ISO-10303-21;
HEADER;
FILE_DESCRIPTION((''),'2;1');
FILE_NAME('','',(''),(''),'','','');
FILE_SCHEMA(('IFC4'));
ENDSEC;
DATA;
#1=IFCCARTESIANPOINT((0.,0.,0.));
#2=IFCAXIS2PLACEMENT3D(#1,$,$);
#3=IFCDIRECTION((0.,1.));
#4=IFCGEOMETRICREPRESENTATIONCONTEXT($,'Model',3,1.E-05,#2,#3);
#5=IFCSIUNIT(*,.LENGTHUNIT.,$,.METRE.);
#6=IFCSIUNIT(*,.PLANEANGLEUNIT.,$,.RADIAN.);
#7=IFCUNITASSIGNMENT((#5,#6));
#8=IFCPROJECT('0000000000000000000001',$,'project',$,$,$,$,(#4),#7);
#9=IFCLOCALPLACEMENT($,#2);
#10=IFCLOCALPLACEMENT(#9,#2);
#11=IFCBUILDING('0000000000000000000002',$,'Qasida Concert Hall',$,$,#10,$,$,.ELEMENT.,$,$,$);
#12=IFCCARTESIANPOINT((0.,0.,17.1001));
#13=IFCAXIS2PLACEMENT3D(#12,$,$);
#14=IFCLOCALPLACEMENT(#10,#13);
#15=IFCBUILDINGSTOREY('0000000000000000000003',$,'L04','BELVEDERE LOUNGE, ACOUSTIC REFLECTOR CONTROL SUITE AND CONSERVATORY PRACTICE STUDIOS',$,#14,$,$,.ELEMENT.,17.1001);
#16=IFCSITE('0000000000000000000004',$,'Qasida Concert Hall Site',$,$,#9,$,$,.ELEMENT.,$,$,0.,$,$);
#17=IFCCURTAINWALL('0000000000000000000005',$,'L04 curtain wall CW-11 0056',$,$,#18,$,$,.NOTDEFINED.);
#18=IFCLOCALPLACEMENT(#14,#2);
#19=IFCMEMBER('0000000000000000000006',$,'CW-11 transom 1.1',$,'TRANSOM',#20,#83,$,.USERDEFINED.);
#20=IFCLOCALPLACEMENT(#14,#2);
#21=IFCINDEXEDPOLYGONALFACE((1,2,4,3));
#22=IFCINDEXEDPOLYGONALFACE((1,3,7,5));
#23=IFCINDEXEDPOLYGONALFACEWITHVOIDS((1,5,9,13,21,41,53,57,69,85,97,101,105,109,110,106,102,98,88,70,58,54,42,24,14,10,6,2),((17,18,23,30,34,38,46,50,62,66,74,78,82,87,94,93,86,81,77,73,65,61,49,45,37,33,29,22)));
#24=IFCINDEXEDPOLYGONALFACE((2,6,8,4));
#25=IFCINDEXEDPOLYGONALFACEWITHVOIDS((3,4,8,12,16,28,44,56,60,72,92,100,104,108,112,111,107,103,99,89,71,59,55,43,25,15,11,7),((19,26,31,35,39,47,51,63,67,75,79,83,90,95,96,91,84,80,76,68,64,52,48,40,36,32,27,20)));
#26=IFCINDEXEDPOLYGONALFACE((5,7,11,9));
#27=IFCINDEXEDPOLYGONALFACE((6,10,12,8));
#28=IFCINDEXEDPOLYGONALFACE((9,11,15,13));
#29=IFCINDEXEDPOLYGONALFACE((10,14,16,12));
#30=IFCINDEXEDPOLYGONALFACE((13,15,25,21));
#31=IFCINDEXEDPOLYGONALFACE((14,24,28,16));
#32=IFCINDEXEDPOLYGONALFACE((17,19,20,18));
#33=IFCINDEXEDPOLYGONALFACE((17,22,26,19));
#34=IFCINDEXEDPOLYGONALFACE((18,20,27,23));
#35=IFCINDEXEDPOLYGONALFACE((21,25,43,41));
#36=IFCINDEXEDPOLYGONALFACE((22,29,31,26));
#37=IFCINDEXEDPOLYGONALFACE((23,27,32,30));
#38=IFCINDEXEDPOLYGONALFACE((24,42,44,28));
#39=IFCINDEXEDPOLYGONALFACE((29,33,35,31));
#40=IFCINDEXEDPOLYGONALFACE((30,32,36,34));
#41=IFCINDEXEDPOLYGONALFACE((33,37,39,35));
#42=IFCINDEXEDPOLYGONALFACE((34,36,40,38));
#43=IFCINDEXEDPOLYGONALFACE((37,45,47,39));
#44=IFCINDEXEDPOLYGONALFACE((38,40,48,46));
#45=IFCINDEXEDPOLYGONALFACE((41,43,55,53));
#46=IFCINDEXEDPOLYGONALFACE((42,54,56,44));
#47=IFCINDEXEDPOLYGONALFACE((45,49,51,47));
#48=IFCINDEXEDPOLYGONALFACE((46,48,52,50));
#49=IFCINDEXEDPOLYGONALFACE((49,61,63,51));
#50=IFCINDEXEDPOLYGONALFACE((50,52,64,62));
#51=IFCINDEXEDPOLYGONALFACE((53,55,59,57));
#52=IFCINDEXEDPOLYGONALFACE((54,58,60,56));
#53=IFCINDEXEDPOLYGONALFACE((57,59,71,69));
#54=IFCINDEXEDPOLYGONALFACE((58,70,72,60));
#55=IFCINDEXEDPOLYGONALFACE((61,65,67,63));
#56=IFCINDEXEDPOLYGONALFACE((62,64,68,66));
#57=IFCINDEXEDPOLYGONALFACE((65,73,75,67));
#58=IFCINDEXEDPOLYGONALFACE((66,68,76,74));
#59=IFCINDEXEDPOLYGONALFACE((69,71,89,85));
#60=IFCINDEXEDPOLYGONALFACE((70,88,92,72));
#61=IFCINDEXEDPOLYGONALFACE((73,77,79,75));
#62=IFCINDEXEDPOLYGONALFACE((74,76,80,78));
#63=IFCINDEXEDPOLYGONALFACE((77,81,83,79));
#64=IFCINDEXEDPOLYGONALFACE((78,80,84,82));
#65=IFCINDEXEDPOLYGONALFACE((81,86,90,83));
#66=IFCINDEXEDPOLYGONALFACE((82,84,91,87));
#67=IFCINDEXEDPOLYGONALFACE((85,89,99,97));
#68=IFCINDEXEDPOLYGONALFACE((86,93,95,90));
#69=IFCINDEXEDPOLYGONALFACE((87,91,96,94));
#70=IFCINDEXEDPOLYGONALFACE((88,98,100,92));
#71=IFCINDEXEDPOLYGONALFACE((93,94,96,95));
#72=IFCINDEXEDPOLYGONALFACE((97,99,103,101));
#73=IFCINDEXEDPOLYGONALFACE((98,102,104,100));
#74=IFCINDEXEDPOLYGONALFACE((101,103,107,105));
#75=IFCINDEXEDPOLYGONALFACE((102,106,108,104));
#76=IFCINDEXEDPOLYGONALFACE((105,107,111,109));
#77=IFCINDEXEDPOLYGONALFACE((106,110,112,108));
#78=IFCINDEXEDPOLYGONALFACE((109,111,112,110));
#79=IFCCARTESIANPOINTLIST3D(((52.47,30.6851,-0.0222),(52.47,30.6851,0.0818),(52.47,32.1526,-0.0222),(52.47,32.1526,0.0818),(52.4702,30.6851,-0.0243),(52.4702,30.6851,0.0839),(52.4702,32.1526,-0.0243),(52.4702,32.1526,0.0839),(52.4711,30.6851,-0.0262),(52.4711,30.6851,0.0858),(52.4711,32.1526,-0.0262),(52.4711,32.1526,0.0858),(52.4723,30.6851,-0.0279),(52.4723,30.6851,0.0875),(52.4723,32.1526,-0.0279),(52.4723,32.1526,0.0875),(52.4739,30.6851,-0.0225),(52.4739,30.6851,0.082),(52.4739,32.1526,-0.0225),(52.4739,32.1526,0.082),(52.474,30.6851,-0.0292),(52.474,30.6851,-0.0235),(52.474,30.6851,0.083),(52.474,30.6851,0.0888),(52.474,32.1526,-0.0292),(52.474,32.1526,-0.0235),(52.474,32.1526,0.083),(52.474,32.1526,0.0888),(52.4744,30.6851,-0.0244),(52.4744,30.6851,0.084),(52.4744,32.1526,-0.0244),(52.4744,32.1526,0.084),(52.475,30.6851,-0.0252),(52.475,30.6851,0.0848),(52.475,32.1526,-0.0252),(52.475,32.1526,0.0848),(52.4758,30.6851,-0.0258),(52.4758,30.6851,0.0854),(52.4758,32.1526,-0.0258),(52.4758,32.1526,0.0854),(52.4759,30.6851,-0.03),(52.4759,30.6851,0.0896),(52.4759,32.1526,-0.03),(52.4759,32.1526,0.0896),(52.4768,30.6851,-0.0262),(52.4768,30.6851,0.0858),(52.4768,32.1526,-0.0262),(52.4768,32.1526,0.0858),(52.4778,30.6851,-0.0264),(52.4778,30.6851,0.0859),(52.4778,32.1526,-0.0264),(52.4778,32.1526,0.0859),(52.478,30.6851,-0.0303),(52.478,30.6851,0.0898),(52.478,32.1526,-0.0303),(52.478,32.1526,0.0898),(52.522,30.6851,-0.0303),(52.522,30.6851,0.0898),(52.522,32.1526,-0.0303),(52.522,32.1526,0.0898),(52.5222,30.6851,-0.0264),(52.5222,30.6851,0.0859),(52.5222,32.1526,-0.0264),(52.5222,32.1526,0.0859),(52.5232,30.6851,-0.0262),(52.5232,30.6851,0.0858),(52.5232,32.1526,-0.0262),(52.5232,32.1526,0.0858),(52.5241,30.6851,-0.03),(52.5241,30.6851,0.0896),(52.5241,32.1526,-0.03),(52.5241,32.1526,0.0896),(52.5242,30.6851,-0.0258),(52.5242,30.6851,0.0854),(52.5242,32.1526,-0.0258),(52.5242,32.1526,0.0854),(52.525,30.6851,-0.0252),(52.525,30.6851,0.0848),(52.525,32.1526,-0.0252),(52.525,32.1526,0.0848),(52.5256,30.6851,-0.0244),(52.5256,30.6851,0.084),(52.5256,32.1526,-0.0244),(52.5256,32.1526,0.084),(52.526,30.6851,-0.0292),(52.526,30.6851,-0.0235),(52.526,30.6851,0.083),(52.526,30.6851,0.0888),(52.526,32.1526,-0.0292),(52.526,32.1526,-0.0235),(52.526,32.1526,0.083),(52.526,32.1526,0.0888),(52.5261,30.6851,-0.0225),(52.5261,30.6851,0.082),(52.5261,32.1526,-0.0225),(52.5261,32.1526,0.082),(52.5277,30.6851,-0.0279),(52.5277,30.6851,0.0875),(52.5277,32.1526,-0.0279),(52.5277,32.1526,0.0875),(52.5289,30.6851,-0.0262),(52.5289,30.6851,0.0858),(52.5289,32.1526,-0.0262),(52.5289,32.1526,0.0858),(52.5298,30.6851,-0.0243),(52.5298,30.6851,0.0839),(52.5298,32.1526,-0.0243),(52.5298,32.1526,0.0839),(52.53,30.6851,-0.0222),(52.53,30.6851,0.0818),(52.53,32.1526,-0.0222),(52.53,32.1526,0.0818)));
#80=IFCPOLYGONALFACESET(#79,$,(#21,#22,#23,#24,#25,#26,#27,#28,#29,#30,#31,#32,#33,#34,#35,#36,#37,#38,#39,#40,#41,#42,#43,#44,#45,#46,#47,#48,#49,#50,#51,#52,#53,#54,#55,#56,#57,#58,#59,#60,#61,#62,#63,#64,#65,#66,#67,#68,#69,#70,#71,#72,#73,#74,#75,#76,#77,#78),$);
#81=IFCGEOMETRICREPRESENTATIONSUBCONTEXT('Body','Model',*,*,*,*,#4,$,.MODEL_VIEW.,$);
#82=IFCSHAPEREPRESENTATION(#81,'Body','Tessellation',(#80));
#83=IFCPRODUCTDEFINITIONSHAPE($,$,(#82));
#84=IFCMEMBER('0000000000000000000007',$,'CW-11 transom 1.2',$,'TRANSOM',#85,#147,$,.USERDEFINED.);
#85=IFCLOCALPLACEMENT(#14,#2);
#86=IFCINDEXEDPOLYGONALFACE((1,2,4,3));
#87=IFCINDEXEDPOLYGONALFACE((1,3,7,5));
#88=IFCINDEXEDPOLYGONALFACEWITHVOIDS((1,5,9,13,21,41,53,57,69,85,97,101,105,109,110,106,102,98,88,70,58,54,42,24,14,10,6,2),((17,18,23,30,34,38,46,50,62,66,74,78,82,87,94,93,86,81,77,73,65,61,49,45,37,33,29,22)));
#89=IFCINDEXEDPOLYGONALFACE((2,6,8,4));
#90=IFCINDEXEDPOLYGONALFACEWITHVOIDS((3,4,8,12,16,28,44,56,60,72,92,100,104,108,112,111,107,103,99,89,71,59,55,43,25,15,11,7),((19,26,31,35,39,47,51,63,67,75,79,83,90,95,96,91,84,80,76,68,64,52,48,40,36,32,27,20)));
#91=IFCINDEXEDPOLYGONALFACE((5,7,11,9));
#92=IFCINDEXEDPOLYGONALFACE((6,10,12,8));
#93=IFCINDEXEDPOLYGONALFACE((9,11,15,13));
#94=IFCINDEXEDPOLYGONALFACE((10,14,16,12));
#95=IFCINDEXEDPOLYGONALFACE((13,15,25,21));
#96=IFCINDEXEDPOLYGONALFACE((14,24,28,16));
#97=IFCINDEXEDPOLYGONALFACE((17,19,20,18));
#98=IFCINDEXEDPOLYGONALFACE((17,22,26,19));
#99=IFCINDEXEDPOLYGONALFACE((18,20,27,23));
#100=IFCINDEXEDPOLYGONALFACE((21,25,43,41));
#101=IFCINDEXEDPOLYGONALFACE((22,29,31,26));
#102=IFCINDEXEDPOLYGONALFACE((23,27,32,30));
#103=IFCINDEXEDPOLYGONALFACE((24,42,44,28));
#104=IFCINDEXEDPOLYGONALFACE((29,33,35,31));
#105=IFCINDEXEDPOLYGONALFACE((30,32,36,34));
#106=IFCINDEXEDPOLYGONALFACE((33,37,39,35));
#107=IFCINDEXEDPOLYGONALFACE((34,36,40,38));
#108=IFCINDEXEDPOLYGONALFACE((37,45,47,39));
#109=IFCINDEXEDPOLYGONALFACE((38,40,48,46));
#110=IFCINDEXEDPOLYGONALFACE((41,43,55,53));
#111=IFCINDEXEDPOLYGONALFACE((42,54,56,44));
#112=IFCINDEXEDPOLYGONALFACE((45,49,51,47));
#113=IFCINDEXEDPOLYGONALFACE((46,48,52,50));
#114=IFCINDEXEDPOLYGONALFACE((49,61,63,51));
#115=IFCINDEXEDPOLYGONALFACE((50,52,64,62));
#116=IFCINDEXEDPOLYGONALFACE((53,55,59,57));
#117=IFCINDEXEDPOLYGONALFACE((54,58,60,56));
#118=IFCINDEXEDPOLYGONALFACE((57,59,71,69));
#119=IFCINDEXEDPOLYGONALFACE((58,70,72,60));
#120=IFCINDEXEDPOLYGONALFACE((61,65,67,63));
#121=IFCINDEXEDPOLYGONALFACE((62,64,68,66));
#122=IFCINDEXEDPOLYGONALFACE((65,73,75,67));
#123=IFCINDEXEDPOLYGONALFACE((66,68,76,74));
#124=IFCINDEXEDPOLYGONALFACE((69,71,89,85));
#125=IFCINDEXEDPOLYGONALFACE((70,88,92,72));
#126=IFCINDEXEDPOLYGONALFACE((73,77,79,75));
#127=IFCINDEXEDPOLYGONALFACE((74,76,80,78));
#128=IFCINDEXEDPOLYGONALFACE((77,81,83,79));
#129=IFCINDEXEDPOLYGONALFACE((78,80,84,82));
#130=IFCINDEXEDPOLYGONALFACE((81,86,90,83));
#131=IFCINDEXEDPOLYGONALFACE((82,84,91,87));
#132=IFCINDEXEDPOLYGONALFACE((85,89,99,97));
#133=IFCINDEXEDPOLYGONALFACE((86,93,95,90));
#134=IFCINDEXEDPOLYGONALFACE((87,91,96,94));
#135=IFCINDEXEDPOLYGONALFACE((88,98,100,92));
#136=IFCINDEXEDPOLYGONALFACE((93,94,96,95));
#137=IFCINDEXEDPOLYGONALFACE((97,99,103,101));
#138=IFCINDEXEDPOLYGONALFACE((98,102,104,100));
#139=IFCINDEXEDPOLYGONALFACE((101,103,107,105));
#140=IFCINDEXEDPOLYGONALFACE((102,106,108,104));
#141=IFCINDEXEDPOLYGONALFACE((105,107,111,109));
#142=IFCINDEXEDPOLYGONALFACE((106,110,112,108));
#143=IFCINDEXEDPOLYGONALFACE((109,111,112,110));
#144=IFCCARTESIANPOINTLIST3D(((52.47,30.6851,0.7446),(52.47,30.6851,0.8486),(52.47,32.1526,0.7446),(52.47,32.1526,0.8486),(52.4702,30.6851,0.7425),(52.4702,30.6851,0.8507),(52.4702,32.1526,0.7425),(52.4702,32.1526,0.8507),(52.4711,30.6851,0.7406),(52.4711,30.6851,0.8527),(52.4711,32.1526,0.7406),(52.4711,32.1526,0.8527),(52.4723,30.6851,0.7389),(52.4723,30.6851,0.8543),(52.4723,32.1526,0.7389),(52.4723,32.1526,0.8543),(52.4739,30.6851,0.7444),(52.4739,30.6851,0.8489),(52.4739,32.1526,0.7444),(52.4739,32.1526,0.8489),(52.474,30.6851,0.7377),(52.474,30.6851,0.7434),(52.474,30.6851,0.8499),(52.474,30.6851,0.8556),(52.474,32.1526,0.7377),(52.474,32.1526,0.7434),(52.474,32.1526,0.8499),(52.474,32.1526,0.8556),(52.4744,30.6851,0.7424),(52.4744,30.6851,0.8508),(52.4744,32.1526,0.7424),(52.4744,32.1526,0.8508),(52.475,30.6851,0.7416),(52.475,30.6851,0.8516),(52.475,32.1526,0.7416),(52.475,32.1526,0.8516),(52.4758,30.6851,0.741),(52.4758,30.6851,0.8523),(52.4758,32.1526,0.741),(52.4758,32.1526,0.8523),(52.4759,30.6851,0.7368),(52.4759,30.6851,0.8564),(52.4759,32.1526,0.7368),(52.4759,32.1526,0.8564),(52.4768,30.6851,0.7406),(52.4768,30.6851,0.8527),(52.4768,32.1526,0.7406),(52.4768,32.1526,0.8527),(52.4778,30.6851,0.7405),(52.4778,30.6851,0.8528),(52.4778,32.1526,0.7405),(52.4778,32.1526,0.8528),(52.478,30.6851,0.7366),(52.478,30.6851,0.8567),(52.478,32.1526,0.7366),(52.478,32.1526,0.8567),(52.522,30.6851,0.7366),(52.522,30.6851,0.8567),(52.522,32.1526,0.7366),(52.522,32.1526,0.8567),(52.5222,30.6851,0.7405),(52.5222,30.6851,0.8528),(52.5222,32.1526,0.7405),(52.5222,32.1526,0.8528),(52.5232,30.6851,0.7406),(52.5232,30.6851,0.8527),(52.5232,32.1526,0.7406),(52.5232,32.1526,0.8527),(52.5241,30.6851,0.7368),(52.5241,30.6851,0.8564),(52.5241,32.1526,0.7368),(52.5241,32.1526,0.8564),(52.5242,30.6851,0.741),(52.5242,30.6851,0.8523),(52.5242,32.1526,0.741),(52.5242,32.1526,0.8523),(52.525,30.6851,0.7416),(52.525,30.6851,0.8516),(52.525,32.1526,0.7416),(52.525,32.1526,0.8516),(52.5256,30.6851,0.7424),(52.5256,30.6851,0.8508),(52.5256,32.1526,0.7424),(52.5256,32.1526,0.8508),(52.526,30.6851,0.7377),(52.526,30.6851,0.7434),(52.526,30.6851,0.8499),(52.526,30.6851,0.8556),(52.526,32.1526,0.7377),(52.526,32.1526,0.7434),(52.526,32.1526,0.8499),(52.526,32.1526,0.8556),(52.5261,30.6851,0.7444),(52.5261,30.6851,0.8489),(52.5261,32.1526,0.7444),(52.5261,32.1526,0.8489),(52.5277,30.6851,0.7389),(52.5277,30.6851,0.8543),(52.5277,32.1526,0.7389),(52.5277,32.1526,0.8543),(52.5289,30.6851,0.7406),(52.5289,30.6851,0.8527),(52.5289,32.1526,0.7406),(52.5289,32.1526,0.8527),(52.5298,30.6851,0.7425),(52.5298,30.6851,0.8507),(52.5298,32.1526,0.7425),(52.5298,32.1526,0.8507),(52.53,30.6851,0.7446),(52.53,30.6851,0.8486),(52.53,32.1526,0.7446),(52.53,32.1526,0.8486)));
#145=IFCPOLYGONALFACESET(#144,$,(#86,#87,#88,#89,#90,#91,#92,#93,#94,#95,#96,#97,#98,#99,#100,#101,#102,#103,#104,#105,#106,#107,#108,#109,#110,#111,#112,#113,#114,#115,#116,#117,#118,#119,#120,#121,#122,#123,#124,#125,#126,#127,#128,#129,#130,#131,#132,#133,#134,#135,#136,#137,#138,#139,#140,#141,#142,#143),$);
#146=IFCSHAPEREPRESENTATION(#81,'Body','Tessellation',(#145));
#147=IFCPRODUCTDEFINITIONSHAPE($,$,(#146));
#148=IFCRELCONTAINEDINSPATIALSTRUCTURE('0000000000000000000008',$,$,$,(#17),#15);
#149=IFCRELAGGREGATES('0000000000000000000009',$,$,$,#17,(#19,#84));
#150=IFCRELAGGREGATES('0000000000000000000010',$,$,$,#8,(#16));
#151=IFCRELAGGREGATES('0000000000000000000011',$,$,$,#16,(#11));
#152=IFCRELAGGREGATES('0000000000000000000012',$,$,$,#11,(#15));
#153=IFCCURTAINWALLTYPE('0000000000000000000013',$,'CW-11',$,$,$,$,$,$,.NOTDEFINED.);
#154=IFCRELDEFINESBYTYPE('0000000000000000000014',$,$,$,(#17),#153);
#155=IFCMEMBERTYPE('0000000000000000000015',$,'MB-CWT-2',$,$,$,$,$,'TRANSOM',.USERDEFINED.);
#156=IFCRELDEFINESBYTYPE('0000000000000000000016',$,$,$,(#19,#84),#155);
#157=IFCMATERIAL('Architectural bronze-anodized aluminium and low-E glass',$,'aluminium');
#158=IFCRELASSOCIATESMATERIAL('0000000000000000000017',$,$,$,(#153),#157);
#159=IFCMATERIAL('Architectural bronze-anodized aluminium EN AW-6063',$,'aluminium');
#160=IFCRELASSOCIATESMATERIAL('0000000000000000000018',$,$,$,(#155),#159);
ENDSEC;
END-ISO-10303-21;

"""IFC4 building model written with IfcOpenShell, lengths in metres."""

from ifc_helpers import new_model, si_unit, direction, frame, origin, origin_2d, place, context, subcontext, project, spatial, hollow_rectangle, extrude, material, material_profile, profile_set, type_object, element, aggregate, save


model = new_model("IFC4")

# Units and contexts
model_context = context("Model", 3, precision=1e-05, world=origin(), true_north=direction((0.0, 1.0)))
body_context = subcontext(model_context, "Body", "Model", "MODEL_VIEW")
ifc_project = project(units=[si_unit("LENGTHUNIT", "METRE"), si_unit("PLANEANGLEUNIT", "RADIAN")], contexts=[model_context])

# Site, building, storey
site_placement = place(None, origin())
site = spatial("IfcSite", under=ifc_project, at=site_placement, Name="Qasida Concert Hall Site", CompositionType="ELEMENT", RefElevation=0.0)
building_placement = place(site_placement, origin())
building = spatial("IfcBuilding", under=site, at=building_placement, Name="Qasida Concert Hall", CompositionType="ELEMENT")
storey_placement = place(building_placement, frame((0.0, 0.0, 17.1001)))
storey = spatial("IfcBuildingStorey", under=building, at=storey_placement, Name="L04", Description="BELVEDERE LOUNGE, ACOUSTIC REFLECTOR CONTROL SUITE AND CONSERVATORY PRACTICE STUDIOS", CompositionType="ELEMENT", Elevation=17.1001)

# Curtain wall, members
ifc_material_1 = material(Name="Architectural bronze-anodized aluminium and low-E glass", Category="aluminium")
curtain_wall_type = type_object("IfcCurtainWallType", Name="CW-11", PredefinedType="NOTDEFINED", material=ifc_material_1)
curtain_wall_placement = place(storey_placement, origin())
curtain_wall = element("IfcCurtainWall", 1, at=curtain_wall_placement, inside=storey, type_object=curtain_wall_type, Name="L04 curtain wall CW-11 0056", PredefinedType="NOTDEFINED")
ifc_material_2 = material(Name="Architectural bronze-anodized aluminium EN AW-6063", Category="aluminium")
ifc_material_profile_1 = material_profile(ifc_material_2, hollow_rectangle(XDim=0.0601, YDim=0.1201, WallThickness=0.0039, InnerFilletRadius=0.0039, OuterFilletRadius=0.0081, at=origin_2d()), Name="CWT 120x60x4")
ifc_profile_set_1 = profile_set([ifc_material_profile_1], Name="Architectural bronze-anodized aluminium EN AW-6063")
member_type_1 = type_object("IfcMemberType", Name="MB-CWT-2", ElementType="TRANSOM", PredefinedType="USERDEFINED", material=ifc_profile_set_1)
member_1_placement = place(storey_placement, frame((52.5, 30.6851, 0.0298), z_axis=(0.0, 1.0, 0.0), x_axis=(-1.0, 0.0, 0.0)))
member_1 = element("IfcMember", 2, at=member_1_placement, type_object=member_type_1, Name="CW-11 transom 1.1", ObjectType="TRANSOM", PredefinedType="USERDEFINED", context=body_context, shape_type="SweptSolid", body=[
    extrude(hollow_rectangle(XDim=0.0601, YDim=0.1201, WallThickness=0.0039, InnerFilletRadius=0.0039, OuterFilletRadius=0.0081, at=origin_2d()), origin(), (0.0, 0.0, 1.0), 1.4675),
])
member_2_placement = place(storey_placement, frame((52.5, 30.6851, 0.7966), z_axis=(0.0, 1.0, 0.0), x_axis=(-1.0, 0.0, 0.0)))
member_2 = element("IfcMember", 3, at=member_2_placement, type_object=member_type_1, Name="CW-11 transom 1.2", ObjectType="TRANSOM", PredefinedType="USERDEFINED", context=body_context, shape_type="SweptSolid", body=[
    extrude(hollow_rectangle(XDim=0.0601, YDim=0.1201, WallThickness=0.0039, InnerFilletRadius=0.0039, OuterFilletRadius=0.0081, at=origin_2d()), origin(), (0.0, 0.0, 1.0), 1.4675),
])
aggregate(curtain_wall, [member_1, member_2])

save(model, "model.ifc")
